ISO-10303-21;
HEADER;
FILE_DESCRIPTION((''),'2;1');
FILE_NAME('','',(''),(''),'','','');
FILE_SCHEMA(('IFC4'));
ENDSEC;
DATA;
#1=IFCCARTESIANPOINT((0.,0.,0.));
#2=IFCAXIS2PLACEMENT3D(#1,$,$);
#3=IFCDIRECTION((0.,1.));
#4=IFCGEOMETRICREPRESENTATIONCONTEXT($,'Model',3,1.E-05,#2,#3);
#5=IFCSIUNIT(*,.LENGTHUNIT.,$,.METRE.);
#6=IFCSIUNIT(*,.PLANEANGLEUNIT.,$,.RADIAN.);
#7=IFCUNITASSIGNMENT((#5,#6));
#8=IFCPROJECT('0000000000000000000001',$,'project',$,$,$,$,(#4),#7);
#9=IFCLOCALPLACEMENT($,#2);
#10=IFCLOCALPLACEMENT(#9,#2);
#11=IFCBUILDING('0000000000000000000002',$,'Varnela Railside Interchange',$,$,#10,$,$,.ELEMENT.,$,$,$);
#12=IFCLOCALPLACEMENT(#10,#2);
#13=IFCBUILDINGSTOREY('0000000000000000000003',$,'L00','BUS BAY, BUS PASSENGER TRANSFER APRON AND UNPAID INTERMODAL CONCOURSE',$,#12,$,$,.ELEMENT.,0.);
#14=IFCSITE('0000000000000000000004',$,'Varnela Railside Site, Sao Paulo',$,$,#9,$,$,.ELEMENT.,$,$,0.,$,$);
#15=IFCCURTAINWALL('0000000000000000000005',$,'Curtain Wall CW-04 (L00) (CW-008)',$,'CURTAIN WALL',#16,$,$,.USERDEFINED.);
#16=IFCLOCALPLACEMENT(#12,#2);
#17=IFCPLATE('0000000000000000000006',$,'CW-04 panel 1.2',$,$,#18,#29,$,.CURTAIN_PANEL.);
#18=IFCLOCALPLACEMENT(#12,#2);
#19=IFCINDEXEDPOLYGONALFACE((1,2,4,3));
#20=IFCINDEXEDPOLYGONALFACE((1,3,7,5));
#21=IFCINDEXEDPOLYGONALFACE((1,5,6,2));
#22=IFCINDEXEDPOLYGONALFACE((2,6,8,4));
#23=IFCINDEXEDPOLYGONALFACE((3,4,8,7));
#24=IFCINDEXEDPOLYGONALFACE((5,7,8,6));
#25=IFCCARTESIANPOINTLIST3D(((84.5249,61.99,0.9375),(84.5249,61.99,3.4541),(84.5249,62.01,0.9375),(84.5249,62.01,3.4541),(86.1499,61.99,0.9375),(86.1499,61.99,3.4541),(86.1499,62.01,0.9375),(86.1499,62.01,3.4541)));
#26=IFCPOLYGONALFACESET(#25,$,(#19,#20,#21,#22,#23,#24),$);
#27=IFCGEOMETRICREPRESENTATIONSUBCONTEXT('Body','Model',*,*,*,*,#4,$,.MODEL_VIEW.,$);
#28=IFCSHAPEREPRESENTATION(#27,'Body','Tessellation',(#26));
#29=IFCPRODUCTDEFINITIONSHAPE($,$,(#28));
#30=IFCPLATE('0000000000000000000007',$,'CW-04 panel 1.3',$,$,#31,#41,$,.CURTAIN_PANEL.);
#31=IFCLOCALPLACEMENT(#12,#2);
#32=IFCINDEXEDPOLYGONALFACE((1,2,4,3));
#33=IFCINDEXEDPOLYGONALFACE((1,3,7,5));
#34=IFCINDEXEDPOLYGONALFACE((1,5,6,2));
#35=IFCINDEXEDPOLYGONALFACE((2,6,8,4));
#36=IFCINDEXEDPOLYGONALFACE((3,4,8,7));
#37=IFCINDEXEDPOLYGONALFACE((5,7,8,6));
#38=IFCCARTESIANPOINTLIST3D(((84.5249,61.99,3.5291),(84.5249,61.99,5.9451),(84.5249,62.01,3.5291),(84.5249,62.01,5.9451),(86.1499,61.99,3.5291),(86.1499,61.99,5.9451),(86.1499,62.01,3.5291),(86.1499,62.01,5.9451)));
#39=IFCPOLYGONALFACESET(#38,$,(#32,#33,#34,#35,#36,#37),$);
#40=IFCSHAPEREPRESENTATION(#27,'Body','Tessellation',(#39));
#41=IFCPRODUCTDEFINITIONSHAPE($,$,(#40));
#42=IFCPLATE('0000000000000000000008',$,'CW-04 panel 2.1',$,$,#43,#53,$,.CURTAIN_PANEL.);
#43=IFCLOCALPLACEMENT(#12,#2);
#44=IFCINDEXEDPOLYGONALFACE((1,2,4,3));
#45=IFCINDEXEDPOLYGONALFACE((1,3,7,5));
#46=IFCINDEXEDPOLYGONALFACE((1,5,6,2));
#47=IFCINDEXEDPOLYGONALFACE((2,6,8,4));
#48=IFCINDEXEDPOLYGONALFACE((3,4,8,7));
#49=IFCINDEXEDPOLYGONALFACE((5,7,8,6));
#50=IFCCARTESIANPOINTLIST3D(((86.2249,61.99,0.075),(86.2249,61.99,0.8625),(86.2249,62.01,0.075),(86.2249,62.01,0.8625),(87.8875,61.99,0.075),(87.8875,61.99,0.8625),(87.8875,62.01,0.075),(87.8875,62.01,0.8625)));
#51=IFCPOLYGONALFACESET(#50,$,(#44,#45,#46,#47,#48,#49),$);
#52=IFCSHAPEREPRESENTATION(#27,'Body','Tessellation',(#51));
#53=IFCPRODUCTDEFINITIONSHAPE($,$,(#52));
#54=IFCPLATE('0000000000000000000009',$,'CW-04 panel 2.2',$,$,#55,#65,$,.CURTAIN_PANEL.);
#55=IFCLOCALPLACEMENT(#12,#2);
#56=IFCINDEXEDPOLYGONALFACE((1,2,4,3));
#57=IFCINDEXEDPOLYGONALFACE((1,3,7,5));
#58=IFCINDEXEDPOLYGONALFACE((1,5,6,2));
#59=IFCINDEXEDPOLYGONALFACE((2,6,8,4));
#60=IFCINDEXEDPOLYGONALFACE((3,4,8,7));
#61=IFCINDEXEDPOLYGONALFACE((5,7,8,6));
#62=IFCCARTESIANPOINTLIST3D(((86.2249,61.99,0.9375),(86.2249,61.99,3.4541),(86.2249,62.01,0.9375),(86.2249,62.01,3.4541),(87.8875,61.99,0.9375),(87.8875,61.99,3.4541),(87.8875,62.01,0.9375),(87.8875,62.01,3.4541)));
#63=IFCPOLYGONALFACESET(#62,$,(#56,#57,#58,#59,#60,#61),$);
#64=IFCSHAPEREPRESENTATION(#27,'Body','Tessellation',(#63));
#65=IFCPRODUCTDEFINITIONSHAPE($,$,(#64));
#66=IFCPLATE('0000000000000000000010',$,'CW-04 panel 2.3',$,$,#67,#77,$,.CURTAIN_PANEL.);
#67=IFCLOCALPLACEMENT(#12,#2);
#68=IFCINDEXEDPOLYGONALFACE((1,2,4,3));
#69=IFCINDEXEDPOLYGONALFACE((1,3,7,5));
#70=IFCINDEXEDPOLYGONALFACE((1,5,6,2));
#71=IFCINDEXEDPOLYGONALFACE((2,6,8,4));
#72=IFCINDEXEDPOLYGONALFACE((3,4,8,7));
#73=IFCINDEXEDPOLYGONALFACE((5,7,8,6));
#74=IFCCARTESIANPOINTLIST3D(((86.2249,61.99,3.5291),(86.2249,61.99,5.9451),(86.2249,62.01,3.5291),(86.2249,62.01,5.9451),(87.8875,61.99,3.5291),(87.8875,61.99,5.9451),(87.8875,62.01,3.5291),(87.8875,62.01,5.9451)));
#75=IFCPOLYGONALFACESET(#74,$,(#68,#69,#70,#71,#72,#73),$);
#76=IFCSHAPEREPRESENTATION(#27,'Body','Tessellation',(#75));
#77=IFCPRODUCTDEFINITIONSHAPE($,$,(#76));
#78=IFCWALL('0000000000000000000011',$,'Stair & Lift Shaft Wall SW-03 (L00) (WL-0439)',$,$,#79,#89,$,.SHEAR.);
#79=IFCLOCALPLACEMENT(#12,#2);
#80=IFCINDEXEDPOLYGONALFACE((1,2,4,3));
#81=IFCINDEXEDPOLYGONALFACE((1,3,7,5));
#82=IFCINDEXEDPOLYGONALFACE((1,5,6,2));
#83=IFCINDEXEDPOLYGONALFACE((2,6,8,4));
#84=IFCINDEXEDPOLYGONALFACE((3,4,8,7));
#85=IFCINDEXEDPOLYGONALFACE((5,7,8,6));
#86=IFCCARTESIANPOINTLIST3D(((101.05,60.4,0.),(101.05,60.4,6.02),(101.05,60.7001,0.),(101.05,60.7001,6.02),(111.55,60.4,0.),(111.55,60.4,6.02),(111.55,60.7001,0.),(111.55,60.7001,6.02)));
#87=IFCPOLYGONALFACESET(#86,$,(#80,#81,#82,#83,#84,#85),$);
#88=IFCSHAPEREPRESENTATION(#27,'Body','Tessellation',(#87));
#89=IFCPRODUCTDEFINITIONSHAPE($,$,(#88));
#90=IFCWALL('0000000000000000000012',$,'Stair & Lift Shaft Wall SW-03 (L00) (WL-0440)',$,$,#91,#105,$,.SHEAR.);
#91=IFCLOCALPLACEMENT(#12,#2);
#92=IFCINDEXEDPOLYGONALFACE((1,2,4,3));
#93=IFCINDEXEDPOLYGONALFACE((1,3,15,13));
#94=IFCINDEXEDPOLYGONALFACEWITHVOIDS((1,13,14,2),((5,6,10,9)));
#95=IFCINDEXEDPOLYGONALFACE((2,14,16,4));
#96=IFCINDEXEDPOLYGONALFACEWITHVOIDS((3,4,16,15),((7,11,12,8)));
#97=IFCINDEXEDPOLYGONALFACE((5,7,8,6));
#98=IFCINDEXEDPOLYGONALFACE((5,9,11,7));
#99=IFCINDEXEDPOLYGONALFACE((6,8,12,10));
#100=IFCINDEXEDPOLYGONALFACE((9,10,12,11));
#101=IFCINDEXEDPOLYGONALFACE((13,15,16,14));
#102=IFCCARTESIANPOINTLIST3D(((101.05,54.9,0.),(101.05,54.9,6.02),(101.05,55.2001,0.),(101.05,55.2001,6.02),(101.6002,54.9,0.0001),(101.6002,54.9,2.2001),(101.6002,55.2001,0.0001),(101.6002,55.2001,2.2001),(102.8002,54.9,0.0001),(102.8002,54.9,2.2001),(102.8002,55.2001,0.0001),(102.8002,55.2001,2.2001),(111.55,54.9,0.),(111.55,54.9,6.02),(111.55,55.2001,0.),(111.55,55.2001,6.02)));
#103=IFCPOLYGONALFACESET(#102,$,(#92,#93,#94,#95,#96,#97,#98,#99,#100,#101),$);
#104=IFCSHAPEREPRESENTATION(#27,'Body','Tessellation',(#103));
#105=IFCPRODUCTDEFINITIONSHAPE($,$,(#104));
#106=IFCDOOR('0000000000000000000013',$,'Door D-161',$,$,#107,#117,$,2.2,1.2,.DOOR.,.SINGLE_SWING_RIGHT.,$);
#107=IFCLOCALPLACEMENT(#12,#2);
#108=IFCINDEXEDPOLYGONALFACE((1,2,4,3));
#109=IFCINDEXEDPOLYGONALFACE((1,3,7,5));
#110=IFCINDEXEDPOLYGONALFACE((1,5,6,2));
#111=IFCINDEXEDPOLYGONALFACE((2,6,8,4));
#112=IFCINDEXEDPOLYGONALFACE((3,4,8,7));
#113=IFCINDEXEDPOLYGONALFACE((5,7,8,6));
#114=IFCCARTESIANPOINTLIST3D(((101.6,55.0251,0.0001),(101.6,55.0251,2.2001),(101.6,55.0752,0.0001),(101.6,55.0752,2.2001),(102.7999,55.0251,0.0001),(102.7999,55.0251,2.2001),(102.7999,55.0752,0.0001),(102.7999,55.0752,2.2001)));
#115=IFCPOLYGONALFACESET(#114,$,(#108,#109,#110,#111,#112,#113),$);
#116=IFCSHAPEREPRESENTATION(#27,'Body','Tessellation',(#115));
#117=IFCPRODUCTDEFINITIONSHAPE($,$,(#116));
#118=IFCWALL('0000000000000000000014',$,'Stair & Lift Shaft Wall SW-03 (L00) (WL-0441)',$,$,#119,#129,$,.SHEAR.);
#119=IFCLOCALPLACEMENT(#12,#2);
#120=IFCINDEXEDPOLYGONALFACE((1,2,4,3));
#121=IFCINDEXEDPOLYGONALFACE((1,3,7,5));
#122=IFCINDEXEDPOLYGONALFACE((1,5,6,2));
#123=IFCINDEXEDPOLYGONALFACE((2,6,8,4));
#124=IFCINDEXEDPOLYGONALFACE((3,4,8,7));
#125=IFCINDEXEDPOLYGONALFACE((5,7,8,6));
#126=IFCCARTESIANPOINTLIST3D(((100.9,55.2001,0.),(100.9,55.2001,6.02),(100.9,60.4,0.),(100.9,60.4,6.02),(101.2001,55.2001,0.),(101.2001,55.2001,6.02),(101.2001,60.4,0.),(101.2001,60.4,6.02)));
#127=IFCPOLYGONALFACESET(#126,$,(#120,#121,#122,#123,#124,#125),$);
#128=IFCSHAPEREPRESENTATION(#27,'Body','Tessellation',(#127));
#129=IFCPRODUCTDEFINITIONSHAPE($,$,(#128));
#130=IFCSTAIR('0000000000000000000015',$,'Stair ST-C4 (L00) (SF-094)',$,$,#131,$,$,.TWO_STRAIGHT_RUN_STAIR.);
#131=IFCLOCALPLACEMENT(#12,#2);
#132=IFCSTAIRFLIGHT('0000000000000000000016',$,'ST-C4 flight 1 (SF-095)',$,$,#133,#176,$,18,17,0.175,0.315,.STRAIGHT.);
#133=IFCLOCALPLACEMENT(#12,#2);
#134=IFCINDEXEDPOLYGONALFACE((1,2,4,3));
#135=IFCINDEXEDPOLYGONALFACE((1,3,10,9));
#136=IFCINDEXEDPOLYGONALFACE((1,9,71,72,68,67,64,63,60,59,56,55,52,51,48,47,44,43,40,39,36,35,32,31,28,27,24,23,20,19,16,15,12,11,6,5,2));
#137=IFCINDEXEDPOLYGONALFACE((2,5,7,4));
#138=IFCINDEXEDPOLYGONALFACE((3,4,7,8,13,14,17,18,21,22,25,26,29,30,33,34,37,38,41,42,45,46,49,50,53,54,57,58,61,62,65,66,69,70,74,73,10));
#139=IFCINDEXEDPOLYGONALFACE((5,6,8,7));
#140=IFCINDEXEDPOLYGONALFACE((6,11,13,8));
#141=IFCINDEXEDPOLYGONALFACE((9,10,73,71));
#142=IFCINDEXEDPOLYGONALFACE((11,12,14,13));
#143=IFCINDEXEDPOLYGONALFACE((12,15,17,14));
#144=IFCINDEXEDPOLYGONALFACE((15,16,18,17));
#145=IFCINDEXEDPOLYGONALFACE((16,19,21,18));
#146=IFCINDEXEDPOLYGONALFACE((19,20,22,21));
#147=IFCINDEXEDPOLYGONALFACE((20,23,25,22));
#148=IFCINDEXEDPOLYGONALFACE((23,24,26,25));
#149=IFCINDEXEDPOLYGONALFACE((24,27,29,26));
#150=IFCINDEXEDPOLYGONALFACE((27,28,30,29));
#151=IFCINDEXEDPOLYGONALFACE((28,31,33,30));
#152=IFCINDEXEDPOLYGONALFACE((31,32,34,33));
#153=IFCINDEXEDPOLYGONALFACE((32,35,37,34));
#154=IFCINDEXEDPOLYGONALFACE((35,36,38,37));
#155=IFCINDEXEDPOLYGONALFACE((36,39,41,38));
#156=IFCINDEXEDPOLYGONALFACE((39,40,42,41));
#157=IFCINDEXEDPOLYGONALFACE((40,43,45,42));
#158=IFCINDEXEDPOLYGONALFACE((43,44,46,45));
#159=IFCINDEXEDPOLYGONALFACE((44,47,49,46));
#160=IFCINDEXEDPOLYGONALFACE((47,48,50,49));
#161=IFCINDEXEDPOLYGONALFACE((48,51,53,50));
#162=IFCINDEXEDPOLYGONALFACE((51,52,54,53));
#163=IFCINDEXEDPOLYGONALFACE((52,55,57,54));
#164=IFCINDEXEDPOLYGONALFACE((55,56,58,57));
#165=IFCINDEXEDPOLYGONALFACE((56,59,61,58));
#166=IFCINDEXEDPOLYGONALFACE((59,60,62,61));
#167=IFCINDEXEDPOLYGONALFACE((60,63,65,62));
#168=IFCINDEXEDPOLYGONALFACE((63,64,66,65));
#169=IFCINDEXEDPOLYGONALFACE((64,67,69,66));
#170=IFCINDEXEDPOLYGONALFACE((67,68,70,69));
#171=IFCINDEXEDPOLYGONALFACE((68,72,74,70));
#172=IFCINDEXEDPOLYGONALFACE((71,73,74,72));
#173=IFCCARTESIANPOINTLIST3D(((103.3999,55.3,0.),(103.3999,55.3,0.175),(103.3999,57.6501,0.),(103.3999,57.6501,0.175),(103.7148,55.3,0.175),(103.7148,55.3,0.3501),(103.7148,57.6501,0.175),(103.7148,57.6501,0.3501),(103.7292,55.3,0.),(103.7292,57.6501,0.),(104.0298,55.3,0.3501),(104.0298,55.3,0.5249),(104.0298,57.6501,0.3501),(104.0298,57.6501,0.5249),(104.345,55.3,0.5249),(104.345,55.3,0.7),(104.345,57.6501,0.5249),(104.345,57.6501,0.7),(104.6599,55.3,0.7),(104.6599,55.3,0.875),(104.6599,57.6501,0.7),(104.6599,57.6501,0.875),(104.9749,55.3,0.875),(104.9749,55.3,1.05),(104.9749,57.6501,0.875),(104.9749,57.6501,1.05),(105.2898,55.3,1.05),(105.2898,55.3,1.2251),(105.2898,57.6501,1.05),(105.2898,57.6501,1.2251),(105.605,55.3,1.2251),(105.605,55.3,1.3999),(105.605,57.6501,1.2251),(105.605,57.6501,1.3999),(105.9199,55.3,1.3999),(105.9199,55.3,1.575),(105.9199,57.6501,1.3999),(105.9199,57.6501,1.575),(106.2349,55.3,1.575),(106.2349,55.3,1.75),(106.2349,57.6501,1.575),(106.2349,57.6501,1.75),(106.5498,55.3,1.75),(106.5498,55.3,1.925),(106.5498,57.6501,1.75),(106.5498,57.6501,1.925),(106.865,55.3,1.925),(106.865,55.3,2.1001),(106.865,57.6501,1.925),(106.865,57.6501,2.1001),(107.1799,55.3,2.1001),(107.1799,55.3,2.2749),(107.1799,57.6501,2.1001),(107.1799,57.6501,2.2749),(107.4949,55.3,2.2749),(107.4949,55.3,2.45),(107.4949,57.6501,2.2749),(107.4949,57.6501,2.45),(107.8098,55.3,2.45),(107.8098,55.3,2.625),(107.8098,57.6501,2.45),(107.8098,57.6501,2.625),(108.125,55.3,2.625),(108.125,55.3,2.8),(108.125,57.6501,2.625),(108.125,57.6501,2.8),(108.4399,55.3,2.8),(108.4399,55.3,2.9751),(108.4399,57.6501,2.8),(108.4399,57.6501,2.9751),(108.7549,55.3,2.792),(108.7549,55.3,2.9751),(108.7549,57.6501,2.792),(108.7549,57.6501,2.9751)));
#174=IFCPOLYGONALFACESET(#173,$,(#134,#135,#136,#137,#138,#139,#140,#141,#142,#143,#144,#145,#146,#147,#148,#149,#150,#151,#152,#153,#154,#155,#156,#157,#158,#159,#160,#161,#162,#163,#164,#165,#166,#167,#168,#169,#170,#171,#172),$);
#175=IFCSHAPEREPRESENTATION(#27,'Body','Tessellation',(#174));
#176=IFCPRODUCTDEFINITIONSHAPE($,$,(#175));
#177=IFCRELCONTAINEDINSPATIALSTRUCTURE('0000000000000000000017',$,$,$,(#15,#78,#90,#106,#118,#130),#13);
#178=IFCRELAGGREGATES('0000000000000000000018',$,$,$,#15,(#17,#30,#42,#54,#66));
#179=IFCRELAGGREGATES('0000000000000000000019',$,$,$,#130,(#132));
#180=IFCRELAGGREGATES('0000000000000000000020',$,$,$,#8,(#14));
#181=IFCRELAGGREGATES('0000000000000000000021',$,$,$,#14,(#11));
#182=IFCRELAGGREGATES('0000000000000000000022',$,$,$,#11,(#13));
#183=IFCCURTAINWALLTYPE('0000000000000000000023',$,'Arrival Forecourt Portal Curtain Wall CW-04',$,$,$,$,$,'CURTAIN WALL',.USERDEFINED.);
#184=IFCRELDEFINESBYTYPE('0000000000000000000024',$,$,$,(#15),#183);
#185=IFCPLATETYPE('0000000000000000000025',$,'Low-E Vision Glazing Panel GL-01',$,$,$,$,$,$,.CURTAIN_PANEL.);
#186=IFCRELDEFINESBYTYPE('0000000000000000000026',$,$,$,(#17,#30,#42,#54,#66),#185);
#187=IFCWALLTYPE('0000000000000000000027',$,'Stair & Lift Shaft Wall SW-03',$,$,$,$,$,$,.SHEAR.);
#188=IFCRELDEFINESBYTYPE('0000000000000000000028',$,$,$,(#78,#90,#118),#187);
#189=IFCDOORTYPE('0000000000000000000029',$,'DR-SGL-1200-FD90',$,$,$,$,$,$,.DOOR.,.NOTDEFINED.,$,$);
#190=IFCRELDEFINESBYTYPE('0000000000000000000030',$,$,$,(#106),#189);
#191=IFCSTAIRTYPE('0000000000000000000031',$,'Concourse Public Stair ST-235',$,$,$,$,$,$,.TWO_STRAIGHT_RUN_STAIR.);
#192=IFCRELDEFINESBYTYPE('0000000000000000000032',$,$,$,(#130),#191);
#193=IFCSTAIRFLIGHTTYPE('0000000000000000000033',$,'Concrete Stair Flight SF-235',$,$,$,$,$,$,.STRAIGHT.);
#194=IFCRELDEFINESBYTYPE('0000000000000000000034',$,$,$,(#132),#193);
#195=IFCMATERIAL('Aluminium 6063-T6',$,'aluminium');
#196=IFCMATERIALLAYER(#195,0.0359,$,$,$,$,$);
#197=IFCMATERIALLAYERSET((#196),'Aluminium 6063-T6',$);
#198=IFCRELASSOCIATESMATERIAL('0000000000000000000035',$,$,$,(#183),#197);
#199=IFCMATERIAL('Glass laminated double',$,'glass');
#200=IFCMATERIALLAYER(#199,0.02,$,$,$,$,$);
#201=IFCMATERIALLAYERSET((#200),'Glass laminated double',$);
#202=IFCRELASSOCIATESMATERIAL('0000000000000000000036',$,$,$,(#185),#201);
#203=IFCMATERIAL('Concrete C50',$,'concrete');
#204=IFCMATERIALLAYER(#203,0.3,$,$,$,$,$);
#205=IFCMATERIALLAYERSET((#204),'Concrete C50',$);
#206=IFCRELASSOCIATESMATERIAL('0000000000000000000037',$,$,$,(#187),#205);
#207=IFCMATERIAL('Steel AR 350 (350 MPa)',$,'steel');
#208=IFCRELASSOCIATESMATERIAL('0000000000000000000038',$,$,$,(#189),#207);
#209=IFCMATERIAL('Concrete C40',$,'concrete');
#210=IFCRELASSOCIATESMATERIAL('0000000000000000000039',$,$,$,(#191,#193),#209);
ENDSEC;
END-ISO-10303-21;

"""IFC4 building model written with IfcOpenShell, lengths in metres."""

from ifc_helpers import new_model, si_unit, direction, frame, frame_2d, origin, origin_2d, place, context, subcontext, project, spatial, polyline, rectangle, outline, extrude, material, layer, layer_set, type_object, element, fill, aggregate, save


model = new_model("IFC4")

# Units and contexts
model_context = context("Model", 3, precision=1e-05, world=origin(), true_north=direction((0.0, 1.0)))
body_context = subcontext(model_context, "Body", "Model", "MODEL_VIEW")
ifc_project = project(units=[si_unit("LENGTHUNIT", "METRE"), si_unit("PLANEANGLEUNIT", "RADIAN")], contexts=[model_context])

# Site, building, storey
site_placement = place(None, origin())
site = spatial("IfcSite", under=ifc_project, at=site_placement, Name="Varnela Railside Site, Sao Paulo", CompositionType="ELEMENT", RefElevation=0.0)
building_placement = place(site_placement, origin())
building = spatial("IfcBuilding", under=site, at=building_placement, Name="Varnela Railside Interchange", CompositionType="ELEMENT")
storey_placement = place(building_placement, origin())
storey = spatial("IfcBuildingStorey", under=building, at=storey_placement, Name="L00", Description="BUS BAY, BUS PASSENGER TRANSFER APRON AND UNPAID INTERMODAL CONCOURSE", CompositionType="ELEMENT", Elevation=0.0)

# Shared definitions
ifc_material_1 = material(Name="Steel AR 350 (350 MPa)", Category="steel")
ifc_material_2 = material(Name="Concrete C50", Category="concrete")
ifc_material_3 = material(Name="Concrete C40", Category="concrete")

# Curtain wall, plates
ifc_material_4 = material(Name="Aluminium 6063-T6", Category="aluminium")
ifc_layer_1 = layer(ifc_material_4, 0.0359)
ifc_layer_set_1 = layer_set([ifc_layer_1], Name="Aluminium 6063-T6")
curtain_wall_type = type_object("IfcCurtainWallType", Name="Arrival Forecourt Portal Curtain Wall CW-04", ElementType="CURTAIN WALL", PredefinedType="USERDEFINED", material=ifc_layer_set_1)
curtain_wall_placement = place(storey_placement, origin())
curtain_wall = element("IfcCurtainWall", 1, at=curtain_wall_placement, inside=storey, type_object=curtain_wall_type, Name="Curtain Wall CW-04 (L00) (CW-008)", ObjectType="CURTAIN WALL", PredefinedType="USERDEFINED")
ifc_material_5 = material(Name="Glass laminated double", Category="glass")
ifc_layer_2 = layer(ifc_material_5, 0.02)
ifc_layer_set_2 = layer_set([ifc_layer_2], Name="Glass laminated double")
plate_type = type_object("IfcPlateType", Name="Low-E Vision Glazing Panel GL-01", PredefinedType="CURTAIN_PANEL", material=ifc_layer_set_2)
plate_1_placement = place(storey_placement, frame((85.3374, 62.0, 0.9375), z_axis=(0.0, 0.0, 1.0), x_axis=(1.0, 0.0, 0.0)))
plate_1 = element("IfcPlate", 2, at=plate_1_placement, type_object=plate_type, Name="CW-04 panel 1.2", PredefinedType="CURTAIN_PANEL", context=body_context, shape_type="SweptSolid", body=[
    extrude(rectangle(XDim=1.625, YDim=0.02, at=origin_2d()), origin(), (0.0, 0.0, 1.0), 2.5166),
])
plate_2_placement = place(storey_placement, frame((85.3374, 62.0, 3.5291), z_axis=(0.0, 0.0, 1.0), x_axis=(1.0, 0.0, 0.0)))
plate_2 = element("IfcPlate", 3, at=plate_2_placement, type_object=plate_type, Name="CW-04 panel 1.3", PredefinedType="CURTAIN_PANEL", context=body_context, shape_type="SweptSolid", body=[
    extrude(rectangle(XDim=1.625, YDim=0.02, at=origin_2d()), origin(), (0.0, 0.0, 1.0), 2.416),
])
plate_3_placement = place(storey_placement, frame((87.0562, 62.0, 0.075), z_axis=(0.0, 0.0, 1.0), x_axis=(1.0, 0.0, 0.0)))
plate_3 = element("IfcPlate", 4, at=plate_3_placement, type_object=plate_type, Name="CW-04 panel 2.1", PredefinedType="CURTAIN_PANEL", context=body_context, shape_type="SweptSolid", body=[
    extrude(rectangle(XDim=1.6626, YDim=0.02, at=origin_2d()), origin(), (0.0, 0.0, 1.0), 0.7876),
])
plate_4_placement = place(storey_placement, frame((87.0562, 62.0, 0.9375), z_axis=(0.0, 0.0, 1.0), x_axis=(1.0, 0.0, 0.0)))
plate_4 = element("IfcPlate", 5, at=plate_4_placement, type_object=plate_type, Name="CW-04 panel 2.2", PredefinedType="CURTAIN_PANEL", context=body_context, shape_type="SweptSolid", body=[
    extrude(rectangle(XDim=1.6626, YDim=0.02, at=origin_2d()), origin(), (0.0, 0.0, 1.0), 2.5166),
])
plate_5_placement = place(storey_placement, frame((87.0562, 62.0, 3.5291), z_axis=(0.0, 0.0, 1.0), x_axis=(1.0, 0.0, 0.0)))
plate_5 = element("IfcPlate", 6, at=plate_5_placement, type_object=plate_type, Name="CW-04 panel 2.3", PredefinedType="CURTAIN_PANEL", context=body_context, shape_type="SweptSolid", body=[
    extrude(rectangle(XDim=1.6626, YDim=0.02, at=origin_2d()), origin(), (0.0, 0.0, 1.0), 2.416),
])
aggregate(curtain_wall, [plate_1, plate_2, plate_3, plate_4, plate_5])

# Wall
ifc_layer_3 = layer(ifc_material_2, 0.3)
ifc_layer_set_3 = layer_set([ifc_layer_3], Name="Concrete C50")
wall_type = type_object("IfcWallType", Name="Stair & Lift Shaft Wall SW-03", PredefinedType="SHEAR", material=ifc_layer_set_3)
wall_1_placement = place(storey_placement, frame((101.05, 60.55, 0.0), z_axis=(0.0, 0.0, 1.0), x_axis=(1.0, 0.0, 0.0)))
element("IfcWall", 7, at=wall_1_placement, inside=storey, type_object=wall_type, Name="Stair & Lift Shaft Wall SW-03 (L00) (WL-0439)", PredefinedType="SHEAR", context=body_context, shape_type="SweptSolid", body=[
    extrude(rectangle(XDim=10.5, YDim=0.3, at=frame_2d((5.25, 0.0))), origin(), (0.0, 0.0, 1.0), 6.02),
])

# Wall, opening, door
wall_2_placement = place(storey_placement, frame((101.05, 55.05, 0.0), z_axis=(0.0, 0.0, 1.0), x_axis=(1.0, 0.0, 0.0)))
wall_2 = element("IfcWall", 8, at=wall_2_placement, inside=storey, type_object=wall_type, Name="Stair & Lift Shaft Wall SW-03 (L00) (WL-0440)", PredefinedType="SHEAR", context=body_context, shape_type="SweptSolid", body=[
    extrude(rectangle(XDim=10.5, YDim=0.3, at=frame_2d((5.25, 0.0))), origin(), (0.0, 0.0, 1.0), 6.02),
])
opening_placement = place(wall_2_placement, frame((0.55, 0.0, 0.0)))
opening = element("IfcOpeningElement", 9, at=opening_placement, cuts=wall_2, PredefinedType="OPENING", context=body_context, shape_type="SweptSolid", body=[
    extrude(rectangle(XDim=1.2, YDim=2.2, at=frame_2d((0.6001, 1.1001))), frame((0.0, 0.1599, 0.0), z_axis=(0.0, -1.0, 0.0), x_axis=(1.0, 0.0, 0.0)), (0.0, 0.0, 1.0), 0.3201),
])
door_type = type_object("IfcDoorType", Name="DR-SGL-1200-FD90", OperationType="NOTDEFINED", PredefinedType="DOOR", material=ifc_material_1)
door_placement = place(opening_placement, frame((1.2, 0.0, 0.0), z_axis=(0.0, 0.0, 1.0), x_axis=(-1.0, 0.0, 0.0)))
door = element("IfcDoor", 10, at=door_placement, inside=storey, type_object=door_type, Name="Door D-161", OperationType="SINGLE_SWING_RIGHT", OverallHeight=2.2, OverallWidth=1.2, PredefinedType="DOOR", context=body_context, shape_type="SweptSolid", body=[
    extrude(rectangle(XDim=1.2, YDim=2.2, at=frame_2d((0.6001, 1.1001))), frame((0.0, 0.0249, 0.0), z_axis=(0.0, -1.0, 0.0), x_axis=(1.0, 0.0, 0.0)), (0.0, 0.0, 1.0), 0.05),
])
fill(opening, door)

# Wall
wall_3_placement = place(storey_placement, frame((101.05, 55.2, 0.0), z_axis=(0.0, 0.0, 1.0), x_axis=(0.0, 1.0, 0.0)))
element("IfcWall", 11, at=wall_3_placement, inside=storey, type_object=wall_type, Name="Stair & Lift Shaft Wall SW-03 (L00) (WL-0441)", PredefinedType="SHEAR", context=body_context, shape_type="SweptSolid", body=[
    extrude(rectangle(XDim=5.2, YDim=0.3, at=frame_2d((2.6001, 0.0))), origin(), (0.0, 0.0, 1.0), 6.02),
])

# Stair, stair flight
stair_type = type_object("IfcStairType", Name="Concourse Public Stair ST-235", PredefinedType="TWO_STRAIGHT_RUN_STAIR", material=ifc_material_3)
stair_placement = place(storey_placement, origin())
stair = element("IfcStair", 12, at=stair_placement, inside=storey, type_object=stair_type, Name="Stair ST-C4 (L00) (SF-094)", PredefinedType="TWO_STRAIGHT_RUN_STAIR")
stair_flight_type = type_object("IfcStairFlightType", Name="Concrete Stair Flight SF-235", PredefinedType="STRAIGHT", material=ifc_material_3)
stair_flight_placement = place(storey_placement, frame((103.3999, 56.4751, 0.0), z_axis=(0.0, 0.0, 1.0), x_axis=(1.0, 0.0, 0.0)))
stair_flight = element("IfcStairFlight", 13, at=stair_flight_placement, type_object=stair_flight_type, Name="ST-C4 flight 1 (SF-095)", NumberOfRisers=18, NumberOfTreads=17, PredefinedType="STRAIGHT", RiserHeight=0.175, TreadLength=0.315, context=body_context, shape_type="SweptSolid", body=[
    extrude(outline(polyline([(0.0, 0.0), (0.0, 0.175), (0.3149, 0.175), (0.3149, 0.3501), (0.6299, 0.3501), (0.6299, 0.5249), (0.9451, 0.5249), (0.9451, 0.7), (1.26, 0.7), (1.26, 0.875), (1.575, 0.875), (1.575, 1.05), (1.8899, 1.05), (1.8899, 1.2251), (2.2051, 1.2251), (2.2051, 1.3999), (2.52, 1.3999), (2.52, 1.575), (2.835, 1.575), (2.835, 1.75), (3.1499, 1.75), (3.1499, 1.925), (3.4651, 1.925), (3.4651, 2.1001), (3.78, 2.1001), (3.78, 2.2749), (4.095, 2.2749), (4.095, 2.45), (4.4099, 2.45), (4.4099, 2.625), (4.7251, 2.625), (4.7251, 2.8), (5.04, 2.8), (5.04, 2.9751), (5.355, 2.9751), (5.355, 3.1499), (5.355, 2.792), (0.3293, 0.0), (0.0, 0.0)])), frame((0.0, 1.175, 0.0), z_axis=(0.0, -1.0, 0.0), x_axis=(1.0, 0.0, 0.0)), (0.0, 0.0, 1.0), 2.3501),
])
aggregate(stair, [stair_flight])

save(model, "model.ifc")
